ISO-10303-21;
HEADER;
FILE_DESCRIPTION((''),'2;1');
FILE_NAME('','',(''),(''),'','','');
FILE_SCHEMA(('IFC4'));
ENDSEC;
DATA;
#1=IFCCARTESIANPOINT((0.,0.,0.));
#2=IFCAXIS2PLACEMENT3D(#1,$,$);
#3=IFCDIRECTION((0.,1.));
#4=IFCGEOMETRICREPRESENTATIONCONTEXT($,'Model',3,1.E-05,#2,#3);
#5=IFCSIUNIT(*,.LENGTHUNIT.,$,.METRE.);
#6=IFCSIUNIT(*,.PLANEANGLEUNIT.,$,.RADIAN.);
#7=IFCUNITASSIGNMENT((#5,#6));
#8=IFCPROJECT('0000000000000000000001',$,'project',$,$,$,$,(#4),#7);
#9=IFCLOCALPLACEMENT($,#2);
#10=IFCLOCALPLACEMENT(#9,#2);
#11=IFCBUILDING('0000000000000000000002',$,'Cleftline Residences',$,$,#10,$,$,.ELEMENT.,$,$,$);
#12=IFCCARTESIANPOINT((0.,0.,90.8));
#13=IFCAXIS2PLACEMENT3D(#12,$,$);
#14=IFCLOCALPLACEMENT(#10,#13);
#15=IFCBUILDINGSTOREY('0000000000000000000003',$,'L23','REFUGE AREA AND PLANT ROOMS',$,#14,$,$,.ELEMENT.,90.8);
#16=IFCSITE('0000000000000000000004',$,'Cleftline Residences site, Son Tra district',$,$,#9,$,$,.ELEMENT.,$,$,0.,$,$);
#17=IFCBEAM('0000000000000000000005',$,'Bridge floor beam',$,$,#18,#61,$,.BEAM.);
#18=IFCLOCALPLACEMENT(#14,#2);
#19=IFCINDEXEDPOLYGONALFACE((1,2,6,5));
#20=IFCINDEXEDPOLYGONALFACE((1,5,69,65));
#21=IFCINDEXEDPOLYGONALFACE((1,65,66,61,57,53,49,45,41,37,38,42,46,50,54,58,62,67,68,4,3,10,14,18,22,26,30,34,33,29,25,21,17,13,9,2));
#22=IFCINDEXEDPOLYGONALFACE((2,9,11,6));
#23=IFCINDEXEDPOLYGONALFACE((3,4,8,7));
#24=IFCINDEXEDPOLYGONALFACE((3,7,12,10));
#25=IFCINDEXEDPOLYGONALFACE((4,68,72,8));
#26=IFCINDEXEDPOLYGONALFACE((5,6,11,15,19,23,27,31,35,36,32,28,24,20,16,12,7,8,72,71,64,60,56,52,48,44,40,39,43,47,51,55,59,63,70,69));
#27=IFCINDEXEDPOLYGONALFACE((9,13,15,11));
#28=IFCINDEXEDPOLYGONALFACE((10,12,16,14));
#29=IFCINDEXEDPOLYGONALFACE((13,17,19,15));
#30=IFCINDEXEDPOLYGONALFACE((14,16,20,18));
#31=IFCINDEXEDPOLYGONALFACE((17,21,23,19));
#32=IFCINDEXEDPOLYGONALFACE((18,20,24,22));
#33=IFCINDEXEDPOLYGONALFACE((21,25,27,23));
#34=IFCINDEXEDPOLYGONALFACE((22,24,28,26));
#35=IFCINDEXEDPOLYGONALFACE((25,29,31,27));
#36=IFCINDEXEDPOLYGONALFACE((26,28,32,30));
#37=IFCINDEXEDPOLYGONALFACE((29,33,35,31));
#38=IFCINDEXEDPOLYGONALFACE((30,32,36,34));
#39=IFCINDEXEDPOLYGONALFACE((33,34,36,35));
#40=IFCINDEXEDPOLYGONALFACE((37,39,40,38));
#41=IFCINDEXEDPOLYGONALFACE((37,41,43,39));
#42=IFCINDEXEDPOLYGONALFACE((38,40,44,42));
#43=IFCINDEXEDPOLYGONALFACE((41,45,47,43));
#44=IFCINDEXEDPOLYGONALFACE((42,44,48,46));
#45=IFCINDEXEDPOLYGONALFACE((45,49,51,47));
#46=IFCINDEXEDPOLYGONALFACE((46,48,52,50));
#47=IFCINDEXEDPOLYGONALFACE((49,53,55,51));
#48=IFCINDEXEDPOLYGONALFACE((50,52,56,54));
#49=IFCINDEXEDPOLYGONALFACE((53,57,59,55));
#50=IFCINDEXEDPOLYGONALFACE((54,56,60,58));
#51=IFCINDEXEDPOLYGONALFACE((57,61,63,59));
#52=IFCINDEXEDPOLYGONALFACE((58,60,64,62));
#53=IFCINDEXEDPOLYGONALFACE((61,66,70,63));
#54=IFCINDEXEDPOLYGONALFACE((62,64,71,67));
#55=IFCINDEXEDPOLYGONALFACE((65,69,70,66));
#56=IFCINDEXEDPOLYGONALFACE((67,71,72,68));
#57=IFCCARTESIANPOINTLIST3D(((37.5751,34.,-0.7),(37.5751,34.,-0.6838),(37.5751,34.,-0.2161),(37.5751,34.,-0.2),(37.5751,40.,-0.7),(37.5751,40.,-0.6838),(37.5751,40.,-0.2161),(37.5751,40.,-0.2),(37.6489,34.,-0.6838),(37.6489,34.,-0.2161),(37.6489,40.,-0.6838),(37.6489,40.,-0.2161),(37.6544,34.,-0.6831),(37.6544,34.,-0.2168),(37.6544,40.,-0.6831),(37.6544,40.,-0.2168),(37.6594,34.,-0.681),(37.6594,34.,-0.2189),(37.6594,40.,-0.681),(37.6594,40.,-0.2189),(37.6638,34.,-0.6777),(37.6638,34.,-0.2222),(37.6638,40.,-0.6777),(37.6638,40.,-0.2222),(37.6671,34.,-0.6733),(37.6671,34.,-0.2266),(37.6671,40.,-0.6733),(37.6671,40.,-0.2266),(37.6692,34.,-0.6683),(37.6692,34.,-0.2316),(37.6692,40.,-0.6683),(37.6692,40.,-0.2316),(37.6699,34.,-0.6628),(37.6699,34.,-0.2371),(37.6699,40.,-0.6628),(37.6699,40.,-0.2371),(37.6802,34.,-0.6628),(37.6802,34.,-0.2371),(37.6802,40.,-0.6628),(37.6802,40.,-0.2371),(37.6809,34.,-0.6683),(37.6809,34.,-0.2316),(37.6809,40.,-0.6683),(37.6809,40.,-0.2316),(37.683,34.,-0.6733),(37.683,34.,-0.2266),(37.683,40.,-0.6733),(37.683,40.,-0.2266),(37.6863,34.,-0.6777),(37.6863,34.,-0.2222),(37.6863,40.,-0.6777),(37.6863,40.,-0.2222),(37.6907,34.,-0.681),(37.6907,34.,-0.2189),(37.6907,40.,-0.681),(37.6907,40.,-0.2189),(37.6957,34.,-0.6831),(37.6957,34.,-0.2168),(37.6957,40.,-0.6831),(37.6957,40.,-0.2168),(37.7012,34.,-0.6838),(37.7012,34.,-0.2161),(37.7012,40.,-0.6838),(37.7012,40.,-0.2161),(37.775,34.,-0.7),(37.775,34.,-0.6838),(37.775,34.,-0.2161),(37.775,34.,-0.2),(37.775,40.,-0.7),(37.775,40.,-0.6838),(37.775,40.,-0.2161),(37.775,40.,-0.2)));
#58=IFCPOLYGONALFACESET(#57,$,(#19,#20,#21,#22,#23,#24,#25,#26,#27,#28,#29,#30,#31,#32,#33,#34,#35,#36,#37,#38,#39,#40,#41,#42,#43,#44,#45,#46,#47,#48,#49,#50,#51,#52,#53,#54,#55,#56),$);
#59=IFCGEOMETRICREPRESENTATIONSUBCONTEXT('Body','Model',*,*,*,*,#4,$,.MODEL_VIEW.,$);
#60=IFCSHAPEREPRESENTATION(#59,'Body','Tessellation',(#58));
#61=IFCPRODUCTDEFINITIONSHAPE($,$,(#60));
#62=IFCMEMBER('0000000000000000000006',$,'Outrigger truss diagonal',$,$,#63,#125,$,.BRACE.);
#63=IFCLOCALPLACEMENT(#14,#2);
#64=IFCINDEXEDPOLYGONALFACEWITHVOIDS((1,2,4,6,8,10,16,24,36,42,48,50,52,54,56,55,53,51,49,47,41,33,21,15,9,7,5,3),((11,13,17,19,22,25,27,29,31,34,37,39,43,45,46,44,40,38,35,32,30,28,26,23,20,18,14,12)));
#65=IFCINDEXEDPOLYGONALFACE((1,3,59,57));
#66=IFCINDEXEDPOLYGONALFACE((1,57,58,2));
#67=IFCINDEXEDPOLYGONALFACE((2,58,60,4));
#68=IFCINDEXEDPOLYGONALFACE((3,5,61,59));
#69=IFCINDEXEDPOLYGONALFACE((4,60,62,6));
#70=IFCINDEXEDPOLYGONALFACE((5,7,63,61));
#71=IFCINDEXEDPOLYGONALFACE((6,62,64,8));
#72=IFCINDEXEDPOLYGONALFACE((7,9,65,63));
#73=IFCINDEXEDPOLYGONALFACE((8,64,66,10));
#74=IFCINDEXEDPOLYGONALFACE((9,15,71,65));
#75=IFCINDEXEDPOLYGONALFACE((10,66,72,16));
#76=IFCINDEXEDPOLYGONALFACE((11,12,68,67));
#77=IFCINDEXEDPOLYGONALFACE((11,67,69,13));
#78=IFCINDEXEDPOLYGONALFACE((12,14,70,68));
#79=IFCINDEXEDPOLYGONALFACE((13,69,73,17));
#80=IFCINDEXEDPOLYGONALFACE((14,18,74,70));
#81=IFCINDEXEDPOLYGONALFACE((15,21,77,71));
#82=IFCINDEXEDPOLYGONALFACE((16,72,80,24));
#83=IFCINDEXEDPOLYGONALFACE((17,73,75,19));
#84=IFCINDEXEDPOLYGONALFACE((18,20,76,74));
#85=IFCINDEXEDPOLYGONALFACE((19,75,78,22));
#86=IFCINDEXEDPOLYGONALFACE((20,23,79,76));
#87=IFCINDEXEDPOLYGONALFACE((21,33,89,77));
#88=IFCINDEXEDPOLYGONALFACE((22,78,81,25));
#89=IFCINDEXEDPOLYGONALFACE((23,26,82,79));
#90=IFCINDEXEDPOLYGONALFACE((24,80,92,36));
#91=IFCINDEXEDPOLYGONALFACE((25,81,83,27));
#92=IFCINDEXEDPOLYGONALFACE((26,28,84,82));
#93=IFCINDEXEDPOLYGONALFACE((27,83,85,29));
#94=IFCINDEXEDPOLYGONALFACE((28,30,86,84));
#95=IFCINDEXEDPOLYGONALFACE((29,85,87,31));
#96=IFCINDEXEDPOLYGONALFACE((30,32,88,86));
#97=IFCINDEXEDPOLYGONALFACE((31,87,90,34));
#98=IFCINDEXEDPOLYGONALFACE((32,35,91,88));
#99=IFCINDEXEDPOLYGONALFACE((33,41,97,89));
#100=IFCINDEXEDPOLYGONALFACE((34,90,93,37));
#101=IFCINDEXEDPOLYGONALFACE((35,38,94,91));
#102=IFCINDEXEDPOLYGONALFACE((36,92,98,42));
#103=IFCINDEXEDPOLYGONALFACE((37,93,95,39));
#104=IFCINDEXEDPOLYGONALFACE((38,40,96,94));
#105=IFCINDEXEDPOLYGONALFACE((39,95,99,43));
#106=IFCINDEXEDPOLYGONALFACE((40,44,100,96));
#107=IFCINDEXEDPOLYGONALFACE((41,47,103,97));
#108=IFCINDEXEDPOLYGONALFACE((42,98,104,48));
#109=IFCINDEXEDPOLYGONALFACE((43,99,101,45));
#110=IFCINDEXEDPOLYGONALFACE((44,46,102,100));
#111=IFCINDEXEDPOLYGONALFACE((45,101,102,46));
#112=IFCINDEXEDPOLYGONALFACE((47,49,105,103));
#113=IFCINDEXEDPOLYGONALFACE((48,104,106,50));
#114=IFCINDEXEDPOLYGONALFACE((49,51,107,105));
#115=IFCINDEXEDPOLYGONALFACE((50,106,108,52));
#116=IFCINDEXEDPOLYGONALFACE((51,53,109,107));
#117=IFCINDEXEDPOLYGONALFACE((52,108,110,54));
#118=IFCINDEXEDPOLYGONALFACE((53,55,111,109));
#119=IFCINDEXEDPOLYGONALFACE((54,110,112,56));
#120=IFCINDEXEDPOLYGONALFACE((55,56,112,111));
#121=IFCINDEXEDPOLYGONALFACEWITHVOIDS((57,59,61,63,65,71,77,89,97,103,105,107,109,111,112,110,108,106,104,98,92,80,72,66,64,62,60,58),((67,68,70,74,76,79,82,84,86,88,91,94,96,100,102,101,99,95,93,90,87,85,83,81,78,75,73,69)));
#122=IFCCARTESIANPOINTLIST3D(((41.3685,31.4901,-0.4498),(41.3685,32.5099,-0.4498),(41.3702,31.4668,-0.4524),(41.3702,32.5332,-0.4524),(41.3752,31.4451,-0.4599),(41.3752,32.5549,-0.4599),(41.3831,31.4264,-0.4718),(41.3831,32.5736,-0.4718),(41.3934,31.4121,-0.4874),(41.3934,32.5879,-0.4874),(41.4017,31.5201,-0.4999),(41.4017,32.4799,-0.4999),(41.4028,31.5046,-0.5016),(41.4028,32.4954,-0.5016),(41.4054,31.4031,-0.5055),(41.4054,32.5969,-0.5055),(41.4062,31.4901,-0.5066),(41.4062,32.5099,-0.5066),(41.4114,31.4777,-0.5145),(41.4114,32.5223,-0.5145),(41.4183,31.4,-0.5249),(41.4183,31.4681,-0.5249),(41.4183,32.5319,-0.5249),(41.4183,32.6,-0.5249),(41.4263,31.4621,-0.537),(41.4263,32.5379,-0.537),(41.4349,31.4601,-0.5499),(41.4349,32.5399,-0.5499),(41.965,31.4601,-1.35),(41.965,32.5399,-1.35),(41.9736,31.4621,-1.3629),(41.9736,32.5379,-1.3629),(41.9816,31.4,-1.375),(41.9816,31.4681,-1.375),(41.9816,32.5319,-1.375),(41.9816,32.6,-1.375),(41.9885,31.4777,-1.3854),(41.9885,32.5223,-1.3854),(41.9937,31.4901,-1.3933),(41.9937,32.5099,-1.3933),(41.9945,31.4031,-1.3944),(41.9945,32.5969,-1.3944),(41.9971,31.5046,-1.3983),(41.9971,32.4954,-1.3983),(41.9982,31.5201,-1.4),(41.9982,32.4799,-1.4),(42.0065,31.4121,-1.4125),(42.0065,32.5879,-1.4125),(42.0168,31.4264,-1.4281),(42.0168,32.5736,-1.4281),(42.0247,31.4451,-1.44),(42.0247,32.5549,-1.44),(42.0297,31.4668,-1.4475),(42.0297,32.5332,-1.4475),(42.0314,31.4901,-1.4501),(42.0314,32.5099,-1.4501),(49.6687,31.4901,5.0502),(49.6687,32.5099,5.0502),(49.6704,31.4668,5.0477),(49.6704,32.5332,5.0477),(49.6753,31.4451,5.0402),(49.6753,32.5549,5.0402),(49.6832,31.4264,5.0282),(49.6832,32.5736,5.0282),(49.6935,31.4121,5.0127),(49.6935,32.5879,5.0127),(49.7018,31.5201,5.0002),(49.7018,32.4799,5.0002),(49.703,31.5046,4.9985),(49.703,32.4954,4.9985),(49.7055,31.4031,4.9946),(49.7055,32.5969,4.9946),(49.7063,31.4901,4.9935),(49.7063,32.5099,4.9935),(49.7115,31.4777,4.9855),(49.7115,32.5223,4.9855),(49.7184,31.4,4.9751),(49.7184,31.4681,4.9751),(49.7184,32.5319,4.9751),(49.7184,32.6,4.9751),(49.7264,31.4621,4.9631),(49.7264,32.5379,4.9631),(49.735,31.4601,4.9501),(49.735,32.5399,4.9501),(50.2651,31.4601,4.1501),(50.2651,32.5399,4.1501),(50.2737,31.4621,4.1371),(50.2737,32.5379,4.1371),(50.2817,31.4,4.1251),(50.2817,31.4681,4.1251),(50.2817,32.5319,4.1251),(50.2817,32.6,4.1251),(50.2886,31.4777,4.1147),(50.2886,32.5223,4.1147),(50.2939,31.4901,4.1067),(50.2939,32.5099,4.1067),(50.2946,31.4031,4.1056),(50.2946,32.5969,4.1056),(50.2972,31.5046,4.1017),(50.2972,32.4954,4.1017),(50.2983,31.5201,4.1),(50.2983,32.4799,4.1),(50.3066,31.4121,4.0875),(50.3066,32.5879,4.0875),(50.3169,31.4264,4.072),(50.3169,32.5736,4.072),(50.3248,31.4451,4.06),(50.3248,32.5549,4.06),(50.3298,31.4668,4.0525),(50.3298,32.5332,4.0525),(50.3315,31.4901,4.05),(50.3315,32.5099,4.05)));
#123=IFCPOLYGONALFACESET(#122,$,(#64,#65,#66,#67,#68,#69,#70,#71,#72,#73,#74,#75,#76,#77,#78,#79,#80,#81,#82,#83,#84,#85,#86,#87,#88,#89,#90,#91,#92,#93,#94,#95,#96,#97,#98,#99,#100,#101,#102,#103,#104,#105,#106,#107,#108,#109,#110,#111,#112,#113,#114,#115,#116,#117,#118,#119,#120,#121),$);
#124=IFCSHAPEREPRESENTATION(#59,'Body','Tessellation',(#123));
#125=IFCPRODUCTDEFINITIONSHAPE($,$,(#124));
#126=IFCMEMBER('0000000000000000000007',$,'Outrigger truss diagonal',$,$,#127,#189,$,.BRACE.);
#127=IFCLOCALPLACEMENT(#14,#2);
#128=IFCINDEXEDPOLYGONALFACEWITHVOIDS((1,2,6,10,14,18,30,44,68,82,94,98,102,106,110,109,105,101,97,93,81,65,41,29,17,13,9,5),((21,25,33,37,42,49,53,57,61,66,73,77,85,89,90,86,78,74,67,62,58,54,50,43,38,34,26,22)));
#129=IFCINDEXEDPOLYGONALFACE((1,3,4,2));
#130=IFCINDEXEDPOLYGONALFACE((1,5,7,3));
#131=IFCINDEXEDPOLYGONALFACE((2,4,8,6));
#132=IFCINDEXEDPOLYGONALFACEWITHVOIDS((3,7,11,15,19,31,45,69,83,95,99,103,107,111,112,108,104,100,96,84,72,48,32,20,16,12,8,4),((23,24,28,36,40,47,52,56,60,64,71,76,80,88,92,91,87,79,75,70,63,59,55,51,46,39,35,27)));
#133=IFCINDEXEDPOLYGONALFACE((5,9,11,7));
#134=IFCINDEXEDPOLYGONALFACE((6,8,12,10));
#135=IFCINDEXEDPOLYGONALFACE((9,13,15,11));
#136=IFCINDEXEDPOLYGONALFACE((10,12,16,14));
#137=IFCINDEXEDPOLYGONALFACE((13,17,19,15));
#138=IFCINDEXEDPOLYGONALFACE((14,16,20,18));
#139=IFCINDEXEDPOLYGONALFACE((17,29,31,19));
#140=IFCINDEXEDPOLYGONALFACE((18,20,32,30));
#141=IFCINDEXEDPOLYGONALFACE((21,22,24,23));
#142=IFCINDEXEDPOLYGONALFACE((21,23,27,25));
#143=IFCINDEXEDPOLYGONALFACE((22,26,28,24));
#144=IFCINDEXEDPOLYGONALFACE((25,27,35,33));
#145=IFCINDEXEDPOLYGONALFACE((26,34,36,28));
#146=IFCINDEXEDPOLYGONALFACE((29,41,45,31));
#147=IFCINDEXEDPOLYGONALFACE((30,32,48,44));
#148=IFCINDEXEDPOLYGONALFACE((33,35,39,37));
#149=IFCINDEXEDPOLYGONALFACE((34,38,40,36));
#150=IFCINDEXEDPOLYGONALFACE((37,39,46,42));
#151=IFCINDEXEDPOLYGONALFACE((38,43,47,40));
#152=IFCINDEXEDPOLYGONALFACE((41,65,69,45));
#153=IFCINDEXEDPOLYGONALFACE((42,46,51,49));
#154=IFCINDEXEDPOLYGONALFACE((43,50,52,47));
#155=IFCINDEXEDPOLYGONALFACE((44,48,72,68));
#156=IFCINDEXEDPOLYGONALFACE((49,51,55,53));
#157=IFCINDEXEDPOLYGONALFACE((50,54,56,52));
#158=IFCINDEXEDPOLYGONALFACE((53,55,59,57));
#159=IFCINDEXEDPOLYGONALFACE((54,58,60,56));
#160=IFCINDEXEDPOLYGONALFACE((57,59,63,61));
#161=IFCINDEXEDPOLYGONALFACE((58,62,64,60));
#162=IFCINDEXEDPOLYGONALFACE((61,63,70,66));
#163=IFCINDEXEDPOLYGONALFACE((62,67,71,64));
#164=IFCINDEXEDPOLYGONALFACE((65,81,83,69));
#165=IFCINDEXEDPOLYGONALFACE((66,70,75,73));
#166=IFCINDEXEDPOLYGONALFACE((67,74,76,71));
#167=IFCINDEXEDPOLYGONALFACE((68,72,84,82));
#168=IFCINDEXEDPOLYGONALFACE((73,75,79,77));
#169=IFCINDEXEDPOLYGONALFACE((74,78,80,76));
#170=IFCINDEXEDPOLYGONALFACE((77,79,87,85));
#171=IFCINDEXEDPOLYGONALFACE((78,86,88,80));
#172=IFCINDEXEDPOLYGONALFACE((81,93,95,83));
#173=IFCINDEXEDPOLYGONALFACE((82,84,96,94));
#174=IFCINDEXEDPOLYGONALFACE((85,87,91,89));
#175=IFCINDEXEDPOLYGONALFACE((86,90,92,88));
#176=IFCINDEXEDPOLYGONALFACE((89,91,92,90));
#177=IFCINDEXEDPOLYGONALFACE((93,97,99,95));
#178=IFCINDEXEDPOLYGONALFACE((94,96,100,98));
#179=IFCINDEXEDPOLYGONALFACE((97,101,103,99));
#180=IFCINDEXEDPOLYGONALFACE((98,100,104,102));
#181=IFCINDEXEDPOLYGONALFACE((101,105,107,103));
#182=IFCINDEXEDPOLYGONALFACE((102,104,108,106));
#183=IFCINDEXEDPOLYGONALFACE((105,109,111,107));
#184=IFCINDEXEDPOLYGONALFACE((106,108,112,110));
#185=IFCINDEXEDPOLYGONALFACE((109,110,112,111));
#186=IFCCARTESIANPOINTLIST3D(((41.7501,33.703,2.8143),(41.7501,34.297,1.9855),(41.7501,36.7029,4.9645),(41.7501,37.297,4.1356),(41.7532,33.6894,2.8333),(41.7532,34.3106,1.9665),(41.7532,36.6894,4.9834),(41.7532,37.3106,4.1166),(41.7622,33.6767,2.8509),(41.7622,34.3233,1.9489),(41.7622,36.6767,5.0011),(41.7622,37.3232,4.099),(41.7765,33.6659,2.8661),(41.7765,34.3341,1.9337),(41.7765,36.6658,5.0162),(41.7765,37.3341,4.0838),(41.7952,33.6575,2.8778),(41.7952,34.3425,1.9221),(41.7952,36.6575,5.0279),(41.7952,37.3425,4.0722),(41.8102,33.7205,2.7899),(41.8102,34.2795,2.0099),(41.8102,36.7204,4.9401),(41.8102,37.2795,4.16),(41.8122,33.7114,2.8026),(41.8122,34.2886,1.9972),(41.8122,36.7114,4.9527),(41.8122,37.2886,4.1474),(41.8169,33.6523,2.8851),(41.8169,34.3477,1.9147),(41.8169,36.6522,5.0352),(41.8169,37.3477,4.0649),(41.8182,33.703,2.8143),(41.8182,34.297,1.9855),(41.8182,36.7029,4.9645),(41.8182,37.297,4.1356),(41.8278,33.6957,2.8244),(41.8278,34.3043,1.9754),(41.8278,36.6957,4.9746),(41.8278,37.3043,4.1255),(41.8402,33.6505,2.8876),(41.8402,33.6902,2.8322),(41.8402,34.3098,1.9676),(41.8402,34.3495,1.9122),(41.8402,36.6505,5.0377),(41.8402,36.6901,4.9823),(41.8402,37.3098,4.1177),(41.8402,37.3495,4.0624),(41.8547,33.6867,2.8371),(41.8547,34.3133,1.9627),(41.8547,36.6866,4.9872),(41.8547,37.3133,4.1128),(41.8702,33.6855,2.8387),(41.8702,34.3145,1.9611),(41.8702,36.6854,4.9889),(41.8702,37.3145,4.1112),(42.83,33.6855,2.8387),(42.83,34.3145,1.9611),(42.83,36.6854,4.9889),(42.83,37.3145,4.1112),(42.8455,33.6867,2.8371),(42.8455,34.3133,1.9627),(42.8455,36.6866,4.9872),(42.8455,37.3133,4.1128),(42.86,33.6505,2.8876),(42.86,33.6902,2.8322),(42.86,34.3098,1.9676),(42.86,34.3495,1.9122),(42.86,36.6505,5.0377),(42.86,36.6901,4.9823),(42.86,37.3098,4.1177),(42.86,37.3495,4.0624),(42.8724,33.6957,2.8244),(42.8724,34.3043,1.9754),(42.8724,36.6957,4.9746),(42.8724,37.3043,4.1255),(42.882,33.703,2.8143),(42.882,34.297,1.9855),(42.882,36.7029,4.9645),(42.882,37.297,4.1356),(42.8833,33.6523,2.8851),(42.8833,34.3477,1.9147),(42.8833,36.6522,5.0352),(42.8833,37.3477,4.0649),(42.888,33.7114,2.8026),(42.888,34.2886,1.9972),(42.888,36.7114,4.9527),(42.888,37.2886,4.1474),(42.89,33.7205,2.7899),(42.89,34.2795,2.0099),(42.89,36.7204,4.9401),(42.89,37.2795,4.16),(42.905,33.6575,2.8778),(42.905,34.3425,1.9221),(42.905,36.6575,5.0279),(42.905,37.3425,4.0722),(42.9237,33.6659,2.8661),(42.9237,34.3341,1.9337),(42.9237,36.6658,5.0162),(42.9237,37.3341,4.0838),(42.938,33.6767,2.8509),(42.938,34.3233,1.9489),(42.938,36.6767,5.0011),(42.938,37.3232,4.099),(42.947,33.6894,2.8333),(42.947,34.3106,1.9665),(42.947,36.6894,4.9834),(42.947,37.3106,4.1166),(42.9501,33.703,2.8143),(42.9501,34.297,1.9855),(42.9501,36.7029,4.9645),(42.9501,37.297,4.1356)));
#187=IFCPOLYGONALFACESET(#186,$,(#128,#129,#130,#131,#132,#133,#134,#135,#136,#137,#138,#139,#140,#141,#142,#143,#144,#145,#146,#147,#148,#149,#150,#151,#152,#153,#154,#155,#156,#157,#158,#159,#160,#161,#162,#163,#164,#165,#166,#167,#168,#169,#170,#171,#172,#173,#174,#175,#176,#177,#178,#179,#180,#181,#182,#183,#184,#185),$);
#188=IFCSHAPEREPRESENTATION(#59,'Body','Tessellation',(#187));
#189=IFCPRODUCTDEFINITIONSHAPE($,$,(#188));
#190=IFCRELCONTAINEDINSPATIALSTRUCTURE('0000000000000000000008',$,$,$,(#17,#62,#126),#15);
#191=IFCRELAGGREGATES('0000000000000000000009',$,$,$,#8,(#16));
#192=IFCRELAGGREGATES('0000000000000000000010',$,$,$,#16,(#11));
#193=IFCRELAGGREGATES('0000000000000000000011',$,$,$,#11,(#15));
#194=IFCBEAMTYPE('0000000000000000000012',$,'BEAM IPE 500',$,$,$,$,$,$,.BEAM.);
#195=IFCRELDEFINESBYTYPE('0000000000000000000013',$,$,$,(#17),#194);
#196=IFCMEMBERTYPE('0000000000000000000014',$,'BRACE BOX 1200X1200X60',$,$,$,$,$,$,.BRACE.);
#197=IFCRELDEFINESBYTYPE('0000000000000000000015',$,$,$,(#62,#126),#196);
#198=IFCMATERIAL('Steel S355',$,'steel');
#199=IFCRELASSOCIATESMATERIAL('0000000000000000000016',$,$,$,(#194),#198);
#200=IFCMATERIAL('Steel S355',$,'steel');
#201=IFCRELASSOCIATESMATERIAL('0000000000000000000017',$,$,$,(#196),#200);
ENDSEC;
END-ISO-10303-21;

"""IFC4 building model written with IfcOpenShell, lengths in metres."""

from ifc_helpers import new_model, si_unit, direction, frame, origin, origin_2d, place, context, subcontext, project, spatial, hollow_rectangle, i_section, extrude, material, material_profile, profile_set, type_object, element, save


model = new_model("IFC4")

# Units and contexts
model_context = context("Model", 3, precision=1e-05, world=origin(), true_north=direction((0.0, 1.0)))
body_context = subcontext(model_context, "Body", "Model", "MODEL_VIEW")
ifc_project = project(units=[si_unit("LENGTHUNIT", "METRE"), si_unit("PLANEANGLEUNIT", "RADIAN")], contexts=[model_context])

# Site, building, storey
site_placement = place(None, origin())
site = spatial("IfcSite", under=ifc_project, at=site_placement, Name="Cleftline Residences site, Son Tra district", CompositionType="ELEMENT", RefElevation=0.0)
building_placement = place(site_placement, origin())
building = spatial("IfcBuilding", under=site, at=building_placement, Name="Cleftline Residences", CompositionType="ELEMENT")
storey_placement = place(building_placement, frame((0.0, 0.0, 90.8)))
storey = spatial("IfcBuildingStorey", under=building, at=storey_placement, Name="L23", Description="REFUGE AREA AND PLANT ROOMS", CompositionType="ELEMENT", Elevation=90.8)

# Beam
ifc_material_1 = material(Name="Steel S355", Category="steel")
ifc_material_profile_1 = material_profile(ifc_material_1, i_section(OverallWidth=0.2, OverallDepth=0.5, WebThickness=0.0103, FlangeThickness=0.0161, FilletRadius=0.021, at=origin_2d()))
ifc_profile_set_1 = profile_set([ifc_material_profile_1], Name="Steel S355")
beam_type_1 = type_object("IfcBeamType", Name="BEAM IPE 500", PredefinedType="BEAM", material=ifc_profile_set_1)
for number, where, z_axis, x_axis, name in (
    (1, (37.675, 40.0, -0.45), (0.0, -1.0, 0.0), (1.0, 0.0, 0.0), "Bridge floor beam"),
):
    element("IfcBeam", number, at=place(storey_placement, frame(where, z_axis=z_axis, x_axis=x_axis)), inside=storey, type_object=beam_type_1, Name=name, PredefinedType="BEAM", context=body_context, shape_type="SweptSolid", body=[
        extrude(i_section(OverallWidth=0.2, OverallDepth=0.5, WebThickness=0.0103, FlangeThickness=0.0161, FilletRadius=0.021, at=origin_2d()), origin(), (0.0, 0.0, 1.0), 6.0),
    ])

# Members
ifc_material_2 = material(Name="Steel S355", Category="steel")
ifc_material_profile_2 = material_profile(ifc_material_2, hollow_rectangle(XDim=1.2, YDim=1.2, WallThickness=0.0601, InnerFilletRadius=0.0601, OuterFilletRadius=0.0901, at=origin_2d()))
ifc_profile_set_2 = profile_set([ifc_material_profile_2], Name="Steel S355")
member_type_1 = type_object("IfcMemberType", Name="BRACE BOX 1200X1200X60", PredefinedType="BRACE", material=ifc_profile_set_2)
member_1_placement = place(storey_placement, frame((41.7, 32.0, -0.95), z_axis=(0.833594, 0.0, 0.552378), x_axis=(-0.552378, 0.0, 0.833594)))
element("IfcMember", 2, at=member_1_placement, inside=storey, type_object=member_type_1, Name="Outrigger truss diagonal", PredefinedType="BRACE", context=body_context, shape_type="SweptSolid", body=[
    extrude(hollow_rectangle(XDim=1.2, YDim=1.2, WallThickness=0.0601, InnerFilletRadius=0.0601, OuterFilletRadius=0.0901, at=origin_2d()), origin(), (0.0, 0.0, 1.0), 9.957),
])
member_2_placement = place(storey_placement, frame((42.3501, 34.0, 2.3999), z_axis=(0.0, 0.812798, 0.582545), x_axis=(0.0, -0.582545, 0.812798)))
element("IfcMember", 3, at=member_2_placement, inside=storey, type_object=member_type_1, Name="Outrigger truss diagonal", PredefinedType="BRACE", context=body_context, shape_type="SweptSolid", body=[
    extrude(hollow_rectangle(XDim=1.2, YDim=1.2, WallThickness=0.0601, InnerFilletRadius=0.0601, OuterFilletRadius=0.0901, at=origin_2d()), origin(), (0.0, 0.0, 1.0), 3.6909),
])

save(model, "model.ifc")
